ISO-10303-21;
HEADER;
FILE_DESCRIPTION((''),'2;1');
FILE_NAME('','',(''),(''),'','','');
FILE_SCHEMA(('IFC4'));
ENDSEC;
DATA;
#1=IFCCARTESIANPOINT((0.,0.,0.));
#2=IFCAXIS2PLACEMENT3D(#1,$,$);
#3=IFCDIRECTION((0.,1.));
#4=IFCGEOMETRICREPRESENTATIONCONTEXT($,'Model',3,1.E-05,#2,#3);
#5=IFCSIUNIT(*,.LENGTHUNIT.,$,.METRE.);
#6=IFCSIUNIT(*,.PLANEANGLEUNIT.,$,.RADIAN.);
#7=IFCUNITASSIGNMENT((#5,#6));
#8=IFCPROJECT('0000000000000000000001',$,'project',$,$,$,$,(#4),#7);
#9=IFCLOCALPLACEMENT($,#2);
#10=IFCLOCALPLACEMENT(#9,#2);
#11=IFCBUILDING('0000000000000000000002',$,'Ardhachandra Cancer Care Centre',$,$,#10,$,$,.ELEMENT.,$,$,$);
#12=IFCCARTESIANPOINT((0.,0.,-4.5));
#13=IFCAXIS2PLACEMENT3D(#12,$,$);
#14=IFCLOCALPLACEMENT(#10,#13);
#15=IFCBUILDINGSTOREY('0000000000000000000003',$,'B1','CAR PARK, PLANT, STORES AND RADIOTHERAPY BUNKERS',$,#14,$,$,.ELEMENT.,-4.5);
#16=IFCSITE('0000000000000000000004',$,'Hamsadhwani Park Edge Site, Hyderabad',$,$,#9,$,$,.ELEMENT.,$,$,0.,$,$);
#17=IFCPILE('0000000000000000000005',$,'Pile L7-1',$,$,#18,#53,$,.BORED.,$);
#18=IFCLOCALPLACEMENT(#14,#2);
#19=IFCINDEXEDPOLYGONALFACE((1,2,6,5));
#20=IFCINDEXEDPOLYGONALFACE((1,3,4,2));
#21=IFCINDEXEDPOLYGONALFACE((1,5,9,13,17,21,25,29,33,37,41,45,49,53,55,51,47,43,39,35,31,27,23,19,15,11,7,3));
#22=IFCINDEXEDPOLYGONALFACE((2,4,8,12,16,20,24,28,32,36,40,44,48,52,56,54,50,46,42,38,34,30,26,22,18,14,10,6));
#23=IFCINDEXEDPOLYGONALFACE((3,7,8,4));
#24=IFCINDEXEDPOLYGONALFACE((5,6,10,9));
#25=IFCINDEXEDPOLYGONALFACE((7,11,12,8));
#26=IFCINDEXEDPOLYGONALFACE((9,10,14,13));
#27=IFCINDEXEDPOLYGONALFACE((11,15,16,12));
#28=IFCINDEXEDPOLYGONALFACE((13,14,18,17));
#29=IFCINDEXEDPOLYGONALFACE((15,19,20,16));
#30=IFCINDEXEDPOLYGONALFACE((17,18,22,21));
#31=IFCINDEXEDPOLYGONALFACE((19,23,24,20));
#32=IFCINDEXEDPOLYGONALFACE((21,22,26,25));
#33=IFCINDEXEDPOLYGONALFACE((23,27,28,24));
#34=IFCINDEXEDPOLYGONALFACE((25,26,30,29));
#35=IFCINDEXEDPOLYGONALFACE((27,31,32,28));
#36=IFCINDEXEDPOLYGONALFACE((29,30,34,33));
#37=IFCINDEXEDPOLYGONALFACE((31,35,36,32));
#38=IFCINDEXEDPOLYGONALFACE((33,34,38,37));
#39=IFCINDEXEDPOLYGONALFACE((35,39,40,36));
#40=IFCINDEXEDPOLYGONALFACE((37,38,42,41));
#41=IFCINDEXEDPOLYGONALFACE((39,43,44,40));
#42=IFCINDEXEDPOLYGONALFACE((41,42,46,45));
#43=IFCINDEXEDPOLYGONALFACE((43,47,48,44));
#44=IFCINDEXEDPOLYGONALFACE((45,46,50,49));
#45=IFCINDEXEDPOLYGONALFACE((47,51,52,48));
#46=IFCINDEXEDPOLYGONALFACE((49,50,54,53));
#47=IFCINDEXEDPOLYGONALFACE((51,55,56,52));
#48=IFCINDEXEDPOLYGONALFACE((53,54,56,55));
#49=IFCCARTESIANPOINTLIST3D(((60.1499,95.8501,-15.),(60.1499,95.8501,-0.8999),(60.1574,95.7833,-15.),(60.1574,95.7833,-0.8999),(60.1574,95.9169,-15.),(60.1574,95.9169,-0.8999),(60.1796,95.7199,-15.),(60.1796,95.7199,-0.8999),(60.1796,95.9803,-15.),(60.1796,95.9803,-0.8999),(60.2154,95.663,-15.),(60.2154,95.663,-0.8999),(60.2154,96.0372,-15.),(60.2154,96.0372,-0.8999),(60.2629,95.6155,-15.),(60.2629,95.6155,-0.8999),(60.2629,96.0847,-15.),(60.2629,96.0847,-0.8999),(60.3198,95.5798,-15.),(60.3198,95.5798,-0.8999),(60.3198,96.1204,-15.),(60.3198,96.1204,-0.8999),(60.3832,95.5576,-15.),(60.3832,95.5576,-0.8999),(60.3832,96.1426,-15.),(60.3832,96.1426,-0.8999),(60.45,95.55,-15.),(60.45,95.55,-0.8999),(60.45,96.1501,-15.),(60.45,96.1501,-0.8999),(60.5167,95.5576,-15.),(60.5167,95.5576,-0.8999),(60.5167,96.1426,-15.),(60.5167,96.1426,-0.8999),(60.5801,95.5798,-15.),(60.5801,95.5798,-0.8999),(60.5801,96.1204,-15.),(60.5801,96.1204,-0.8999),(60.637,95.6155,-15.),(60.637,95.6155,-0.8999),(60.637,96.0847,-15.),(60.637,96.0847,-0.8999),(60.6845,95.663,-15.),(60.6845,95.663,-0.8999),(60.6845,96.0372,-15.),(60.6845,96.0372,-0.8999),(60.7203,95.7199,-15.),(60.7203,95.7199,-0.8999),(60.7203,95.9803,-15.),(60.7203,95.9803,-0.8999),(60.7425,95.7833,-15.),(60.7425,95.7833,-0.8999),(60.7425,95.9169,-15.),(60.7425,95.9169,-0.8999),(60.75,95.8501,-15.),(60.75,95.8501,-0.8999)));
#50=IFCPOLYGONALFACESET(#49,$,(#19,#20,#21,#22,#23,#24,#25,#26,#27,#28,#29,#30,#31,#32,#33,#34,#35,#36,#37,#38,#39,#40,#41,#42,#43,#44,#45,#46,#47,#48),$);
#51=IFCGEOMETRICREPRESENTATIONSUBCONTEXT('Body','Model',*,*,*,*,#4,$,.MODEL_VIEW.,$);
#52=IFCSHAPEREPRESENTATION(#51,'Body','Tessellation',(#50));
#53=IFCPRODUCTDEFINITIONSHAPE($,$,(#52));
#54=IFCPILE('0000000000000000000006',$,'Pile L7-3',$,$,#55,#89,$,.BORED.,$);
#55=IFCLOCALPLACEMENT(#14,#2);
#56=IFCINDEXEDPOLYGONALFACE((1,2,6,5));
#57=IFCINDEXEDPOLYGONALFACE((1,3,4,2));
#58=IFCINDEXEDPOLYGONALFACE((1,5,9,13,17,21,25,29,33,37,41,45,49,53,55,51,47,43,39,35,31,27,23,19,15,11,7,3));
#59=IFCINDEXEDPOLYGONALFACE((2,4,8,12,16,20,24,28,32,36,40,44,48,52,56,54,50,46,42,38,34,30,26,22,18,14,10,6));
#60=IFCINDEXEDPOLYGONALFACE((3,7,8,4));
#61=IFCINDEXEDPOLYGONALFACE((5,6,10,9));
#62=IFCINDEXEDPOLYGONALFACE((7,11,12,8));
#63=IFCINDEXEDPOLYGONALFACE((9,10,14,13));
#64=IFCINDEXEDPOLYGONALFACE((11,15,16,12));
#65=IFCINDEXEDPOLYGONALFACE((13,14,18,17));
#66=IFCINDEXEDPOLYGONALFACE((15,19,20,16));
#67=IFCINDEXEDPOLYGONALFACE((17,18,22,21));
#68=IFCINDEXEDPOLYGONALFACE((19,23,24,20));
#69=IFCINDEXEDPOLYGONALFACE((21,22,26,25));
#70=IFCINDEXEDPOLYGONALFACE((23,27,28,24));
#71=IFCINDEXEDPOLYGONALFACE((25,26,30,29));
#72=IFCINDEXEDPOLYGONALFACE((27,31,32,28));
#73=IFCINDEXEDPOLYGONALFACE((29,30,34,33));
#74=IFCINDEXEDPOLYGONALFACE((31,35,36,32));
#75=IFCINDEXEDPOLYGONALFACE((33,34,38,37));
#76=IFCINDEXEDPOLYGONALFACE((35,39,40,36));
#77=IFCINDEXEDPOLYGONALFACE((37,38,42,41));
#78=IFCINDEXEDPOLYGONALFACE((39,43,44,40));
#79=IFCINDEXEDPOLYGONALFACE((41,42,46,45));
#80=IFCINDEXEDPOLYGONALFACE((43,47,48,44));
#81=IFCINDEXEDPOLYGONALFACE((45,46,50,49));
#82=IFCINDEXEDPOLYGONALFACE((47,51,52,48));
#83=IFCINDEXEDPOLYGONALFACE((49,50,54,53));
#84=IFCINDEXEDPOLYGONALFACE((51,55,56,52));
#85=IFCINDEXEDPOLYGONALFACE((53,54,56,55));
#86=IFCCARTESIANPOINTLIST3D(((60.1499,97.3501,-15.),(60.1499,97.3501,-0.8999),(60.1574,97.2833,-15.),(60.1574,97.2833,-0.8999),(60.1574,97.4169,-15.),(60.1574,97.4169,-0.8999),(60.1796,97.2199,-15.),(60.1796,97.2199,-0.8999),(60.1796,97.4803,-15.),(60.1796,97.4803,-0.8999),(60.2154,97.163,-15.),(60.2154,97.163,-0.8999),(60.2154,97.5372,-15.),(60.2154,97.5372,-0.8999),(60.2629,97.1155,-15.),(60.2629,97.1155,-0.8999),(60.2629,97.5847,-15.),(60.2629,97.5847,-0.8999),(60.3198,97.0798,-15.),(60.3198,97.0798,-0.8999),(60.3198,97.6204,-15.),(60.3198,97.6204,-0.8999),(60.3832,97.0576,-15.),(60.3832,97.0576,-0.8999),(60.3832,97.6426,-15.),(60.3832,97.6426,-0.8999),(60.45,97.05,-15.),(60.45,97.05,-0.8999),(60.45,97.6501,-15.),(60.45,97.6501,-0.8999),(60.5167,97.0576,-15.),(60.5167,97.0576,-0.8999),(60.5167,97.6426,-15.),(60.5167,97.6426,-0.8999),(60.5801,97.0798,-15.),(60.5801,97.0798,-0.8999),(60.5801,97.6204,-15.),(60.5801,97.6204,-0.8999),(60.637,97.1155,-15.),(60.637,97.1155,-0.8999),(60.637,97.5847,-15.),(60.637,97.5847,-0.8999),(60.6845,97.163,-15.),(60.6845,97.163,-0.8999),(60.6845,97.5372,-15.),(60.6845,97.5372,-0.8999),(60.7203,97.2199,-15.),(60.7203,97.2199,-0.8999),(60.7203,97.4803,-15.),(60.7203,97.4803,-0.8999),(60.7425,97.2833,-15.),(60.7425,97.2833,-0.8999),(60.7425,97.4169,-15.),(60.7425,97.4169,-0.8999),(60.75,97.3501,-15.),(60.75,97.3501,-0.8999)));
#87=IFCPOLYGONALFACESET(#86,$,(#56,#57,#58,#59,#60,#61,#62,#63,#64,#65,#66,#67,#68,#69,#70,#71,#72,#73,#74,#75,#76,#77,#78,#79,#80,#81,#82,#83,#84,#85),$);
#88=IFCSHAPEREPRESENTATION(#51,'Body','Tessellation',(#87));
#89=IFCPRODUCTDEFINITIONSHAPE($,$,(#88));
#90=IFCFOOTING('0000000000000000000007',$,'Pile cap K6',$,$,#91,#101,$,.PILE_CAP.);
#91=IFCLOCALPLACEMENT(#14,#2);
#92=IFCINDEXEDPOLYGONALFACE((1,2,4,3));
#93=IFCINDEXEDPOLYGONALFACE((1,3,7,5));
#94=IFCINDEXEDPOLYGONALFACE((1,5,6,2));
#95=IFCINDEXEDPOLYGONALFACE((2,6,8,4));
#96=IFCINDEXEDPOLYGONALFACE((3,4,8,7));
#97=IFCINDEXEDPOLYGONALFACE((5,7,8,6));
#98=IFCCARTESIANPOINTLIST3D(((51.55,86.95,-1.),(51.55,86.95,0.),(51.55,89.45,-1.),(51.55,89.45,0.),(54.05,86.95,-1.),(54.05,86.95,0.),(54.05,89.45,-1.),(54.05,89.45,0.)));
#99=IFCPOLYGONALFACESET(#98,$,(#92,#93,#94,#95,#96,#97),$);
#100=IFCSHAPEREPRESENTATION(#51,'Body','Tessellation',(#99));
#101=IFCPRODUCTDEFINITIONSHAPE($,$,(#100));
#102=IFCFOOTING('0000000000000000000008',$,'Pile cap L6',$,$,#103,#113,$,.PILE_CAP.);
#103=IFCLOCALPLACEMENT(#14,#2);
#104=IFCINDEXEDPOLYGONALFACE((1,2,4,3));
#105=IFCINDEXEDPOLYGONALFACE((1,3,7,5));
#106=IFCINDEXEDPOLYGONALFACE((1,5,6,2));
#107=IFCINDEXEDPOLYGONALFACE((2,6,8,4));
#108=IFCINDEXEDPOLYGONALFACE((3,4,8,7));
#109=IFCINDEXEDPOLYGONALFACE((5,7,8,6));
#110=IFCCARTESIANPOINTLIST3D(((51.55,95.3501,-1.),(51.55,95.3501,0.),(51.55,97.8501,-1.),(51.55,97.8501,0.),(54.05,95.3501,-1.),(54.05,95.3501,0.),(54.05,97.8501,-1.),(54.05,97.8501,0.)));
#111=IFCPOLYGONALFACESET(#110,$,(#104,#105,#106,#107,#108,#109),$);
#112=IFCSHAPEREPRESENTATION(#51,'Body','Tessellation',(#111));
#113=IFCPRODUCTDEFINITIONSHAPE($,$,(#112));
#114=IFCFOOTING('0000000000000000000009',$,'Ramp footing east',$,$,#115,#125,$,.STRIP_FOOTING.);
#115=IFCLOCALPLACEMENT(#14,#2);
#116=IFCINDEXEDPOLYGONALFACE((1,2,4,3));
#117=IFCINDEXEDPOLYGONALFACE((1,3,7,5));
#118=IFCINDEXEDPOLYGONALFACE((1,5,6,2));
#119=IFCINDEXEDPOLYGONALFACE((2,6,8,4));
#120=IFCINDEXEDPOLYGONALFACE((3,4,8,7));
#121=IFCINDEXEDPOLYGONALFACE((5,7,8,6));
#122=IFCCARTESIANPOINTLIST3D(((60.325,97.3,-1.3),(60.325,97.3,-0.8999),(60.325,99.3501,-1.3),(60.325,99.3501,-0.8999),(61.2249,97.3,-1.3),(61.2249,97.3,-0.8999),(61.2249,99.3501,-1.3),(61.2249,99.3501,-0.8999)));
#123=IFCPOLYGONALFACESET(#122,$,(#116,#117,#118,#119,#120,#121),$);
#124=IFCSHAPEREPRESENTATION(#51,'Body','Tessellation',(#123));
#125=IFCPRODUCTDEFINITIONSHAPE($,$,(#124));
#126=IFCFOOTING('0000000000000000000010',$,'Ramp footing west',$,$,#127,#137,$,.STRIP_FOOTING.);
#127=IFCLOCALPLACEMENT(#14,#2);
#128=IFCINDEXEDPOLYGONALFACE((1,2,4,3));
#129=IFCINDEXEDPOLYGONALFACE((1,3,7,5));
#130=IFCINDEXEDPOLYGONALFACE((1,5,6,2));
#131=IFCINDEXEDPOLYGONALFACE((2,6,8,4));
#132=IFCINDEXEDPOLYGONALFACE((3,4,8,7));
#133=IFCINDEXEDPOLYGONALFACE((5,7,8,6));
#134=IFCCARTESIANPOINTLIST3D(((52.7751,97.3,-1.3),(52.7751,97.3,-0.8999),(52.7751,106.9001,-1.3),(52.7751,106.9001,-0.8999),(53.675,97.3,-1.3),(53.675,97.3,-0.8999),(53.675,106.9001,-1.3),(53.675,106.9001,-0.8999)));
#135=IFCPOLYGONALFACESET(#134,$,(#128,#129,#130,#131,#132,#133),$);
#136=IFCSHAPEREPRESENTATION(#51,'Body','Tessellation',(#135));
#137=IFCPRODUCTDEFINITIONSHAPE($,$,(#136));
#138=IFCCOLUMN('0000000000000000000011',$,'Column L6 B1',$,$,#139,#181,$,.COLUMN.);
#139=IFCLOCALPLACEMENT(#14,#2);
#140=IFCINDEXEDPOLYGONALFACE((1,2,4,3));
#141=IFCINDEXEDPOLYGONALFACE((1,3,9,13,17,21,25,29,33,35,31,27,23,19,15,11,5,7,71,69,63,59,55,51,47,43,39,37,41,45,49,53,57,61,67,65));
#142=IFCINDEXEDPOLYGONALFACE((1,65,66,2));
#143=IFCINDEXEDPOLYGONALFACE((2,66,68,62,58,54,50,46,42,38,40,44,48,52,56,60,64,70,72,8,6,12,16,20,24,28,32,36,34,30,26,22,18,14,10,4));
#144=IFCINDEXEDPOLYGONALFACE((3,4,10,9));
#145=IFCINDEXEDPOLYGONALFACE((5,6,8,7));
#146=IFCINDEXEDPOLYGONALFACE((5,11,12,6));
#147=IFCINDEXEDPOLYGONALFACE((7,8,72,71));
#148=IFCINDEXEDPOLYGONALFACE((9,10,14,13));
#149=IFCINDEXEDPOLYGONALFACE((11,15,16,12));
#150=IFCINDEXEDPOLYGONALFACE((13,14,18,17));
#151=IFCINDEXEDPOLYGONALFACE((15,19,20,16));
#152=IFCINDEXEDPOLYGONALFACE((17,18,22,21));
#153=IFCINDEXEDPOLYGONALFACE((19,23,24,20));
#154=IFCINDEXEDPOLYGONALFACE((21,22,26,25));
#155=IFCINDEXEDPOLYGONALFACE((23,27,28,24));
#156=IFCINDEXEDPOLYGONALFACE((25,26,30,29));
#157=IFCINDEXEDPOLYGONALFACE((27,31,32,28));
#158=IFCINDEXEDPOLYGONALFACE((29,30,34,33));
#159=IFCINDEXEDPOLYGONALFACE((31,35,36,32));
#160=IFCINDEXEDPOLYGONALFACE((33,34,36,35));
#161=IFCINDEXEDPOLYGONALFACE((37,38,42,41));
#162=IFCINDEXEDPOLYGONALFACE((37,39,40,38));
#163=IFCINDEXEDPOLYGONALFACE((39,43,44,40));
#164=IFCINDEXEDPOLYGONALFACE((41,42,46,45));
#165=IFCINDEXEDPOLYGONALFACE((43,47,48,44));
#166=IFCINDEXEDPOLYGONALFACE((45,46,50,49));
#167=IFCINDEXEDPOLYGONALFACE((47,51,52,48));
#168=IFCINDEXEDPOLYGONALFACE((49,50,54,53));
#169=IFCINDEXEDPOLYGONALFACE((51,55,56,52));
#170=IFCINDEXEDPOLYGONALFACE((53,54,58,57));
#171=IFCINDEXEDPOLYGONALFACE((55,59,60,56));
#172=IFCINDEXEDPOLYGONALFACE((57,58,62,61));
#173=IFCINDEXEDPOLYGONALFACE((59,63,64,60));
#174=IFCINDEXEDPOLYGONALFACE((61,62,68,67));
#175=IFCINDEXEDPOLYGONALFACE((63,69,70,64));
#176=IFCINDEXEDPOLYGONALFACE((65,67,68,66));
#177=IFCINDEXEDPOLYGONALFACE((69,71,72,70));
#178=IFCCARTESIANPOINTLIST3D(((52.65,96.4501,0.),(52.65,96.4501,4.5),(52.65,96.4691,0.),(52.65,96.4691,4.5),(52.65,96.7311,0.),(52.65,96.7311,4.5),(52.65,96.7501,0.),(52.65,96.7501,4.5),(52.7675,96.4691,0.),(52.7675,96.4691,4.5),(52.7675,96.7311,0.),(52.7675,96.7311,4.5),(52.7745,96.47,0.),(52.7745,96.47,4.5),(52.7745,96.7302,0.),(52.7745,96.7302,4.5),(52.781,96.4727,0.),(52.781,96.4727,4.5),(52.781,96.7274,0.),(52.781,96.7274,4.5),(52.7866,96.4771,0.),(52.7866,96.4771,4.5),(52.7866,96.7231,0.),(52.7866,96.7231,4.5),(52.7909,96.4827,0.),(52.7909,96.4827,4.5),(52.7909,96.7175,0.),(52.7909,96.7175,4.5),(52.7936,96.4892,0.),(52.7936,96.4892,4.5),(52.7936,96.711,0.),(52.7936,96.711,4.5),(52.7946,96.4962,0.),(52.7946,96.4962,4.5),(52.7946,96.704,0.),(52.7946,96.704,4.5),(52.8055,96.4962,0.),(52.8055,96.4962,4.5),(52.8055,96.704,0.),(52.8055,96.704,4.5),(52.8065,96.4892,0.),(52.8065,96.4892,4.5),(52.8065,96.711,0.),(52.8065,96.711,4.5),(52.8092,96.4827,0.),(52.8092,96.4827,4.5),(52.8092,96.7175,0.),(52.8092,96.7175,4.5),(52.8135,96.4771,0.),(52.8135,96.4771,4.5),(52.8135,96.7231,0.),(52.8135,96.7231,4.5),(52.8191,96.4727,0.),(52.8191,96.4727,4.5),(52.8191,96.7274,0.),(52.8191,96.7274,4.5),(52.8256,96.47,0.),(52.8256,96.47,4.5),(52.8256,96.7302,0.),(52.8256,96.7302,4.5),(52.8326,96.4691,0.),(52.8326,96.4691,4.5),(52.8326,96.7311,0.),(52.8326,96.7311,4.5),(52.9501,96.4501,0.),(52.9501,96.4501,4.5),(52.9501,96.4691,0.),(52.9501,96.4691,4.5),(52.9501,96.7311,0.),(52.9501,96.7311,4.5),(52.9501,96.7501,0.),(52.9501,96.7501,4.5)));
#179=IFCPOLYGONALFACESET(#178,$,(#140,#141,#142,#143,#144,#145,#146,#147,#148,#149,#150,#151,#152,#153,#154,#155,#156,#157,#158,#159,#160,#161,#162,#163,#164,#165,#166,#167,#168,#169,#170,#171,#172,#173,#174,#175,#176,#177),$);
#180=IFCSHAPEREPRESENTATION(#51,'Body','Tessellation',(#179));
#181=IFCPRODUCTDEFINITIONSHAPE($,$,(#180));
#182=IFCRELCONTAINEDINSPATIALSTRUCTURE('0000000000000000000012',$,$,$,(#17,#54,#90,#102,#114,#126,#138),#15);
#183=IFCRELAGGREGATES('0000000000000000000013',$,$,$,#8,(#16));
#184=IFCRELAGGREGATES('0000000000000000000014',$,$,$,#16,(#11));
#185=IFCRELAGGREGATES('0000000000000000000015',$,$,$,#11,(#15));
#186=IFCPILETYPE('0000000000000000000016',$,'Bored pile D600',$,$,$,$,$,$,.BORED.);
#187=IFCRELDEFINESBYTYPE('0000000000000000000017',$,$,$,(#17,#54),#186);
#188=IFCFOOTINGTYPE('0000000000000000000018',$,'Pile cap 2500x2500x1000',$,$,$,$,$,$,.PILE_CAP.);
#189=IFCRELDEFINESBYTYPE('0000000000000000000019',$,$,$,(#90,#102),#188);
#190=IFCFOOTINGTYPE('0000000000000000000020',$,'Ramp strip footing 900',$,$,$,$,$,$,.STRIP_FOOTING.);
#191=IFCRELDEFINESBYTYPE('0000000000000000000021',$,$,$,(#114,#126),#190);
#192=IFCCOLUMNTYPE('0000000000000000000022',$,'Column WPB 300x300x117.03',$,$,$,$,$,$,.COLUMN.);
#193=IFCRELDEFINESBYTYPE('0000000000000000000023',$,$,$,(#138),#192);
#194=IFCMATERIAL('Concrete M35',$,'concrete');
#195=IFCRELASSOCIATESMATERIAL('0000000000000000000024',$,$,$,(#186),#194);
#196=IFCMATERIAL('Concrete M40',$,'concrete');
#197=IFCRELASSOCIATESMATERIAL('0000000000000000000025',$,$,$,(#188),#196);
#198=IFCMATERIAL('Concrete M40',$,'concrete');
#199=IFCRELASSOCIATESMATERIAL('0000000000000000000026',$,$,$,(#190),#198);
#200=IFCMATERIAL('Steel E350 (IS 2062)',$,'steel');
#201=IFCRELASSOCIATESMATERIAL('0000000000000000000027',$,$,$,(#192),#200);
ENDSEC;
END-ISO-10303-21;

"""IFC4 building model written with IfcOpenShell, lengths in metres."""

from ifc_helpers import new_model, si_unit, direction, frame, origin, origin_2d, place, context, subcontext, project, spatial, polyline, rectangle, circle, i_section, outline, extrude, material, material_profile, profile_set, type_object, element, save


model = new_model("IFC4")

# Units and contexts
model_context = context("Model", 3, precision=1e-05, world=origin(), true_north=direction((0.0, 1.0)))
body_context = subcontext(model_context, "Body", "Model", "MODEL_VIEW")
ifc_project = project(units=[si_unit("LENGTHUNIT", "METRE"), si_unit("PLANEANGLEUNIT", "RADIAN")], contexts=[model_context])

# Site, building, storey
site_placement = place(None, origin())
site = spatial("IfcSite", under=ifc_project, at=site_placement, Name="Hamsadhwani Park Edge Site, Hyderabad", CompositionType="ELEMENT", RefElevation=0.0)
building_placement = place(site_placement, origin())
building = spatial("IfcBuilding", under=site, at=building_placement, Name="Ardhachandra Cancer Care Centre", CompositionType="ELEMENT")
storey_placement = place(building_placement, frame((0.0, 0.0, -4.5)))
storey = spatial("IfcBuildingStorey", under=building, at=storey_placement, Name="B1", Description="CAR PARK, PLANT, STORES AND RADIOTHERAPY BUNKERS", CompositionType="ELEMENT", Elevation=-4.5)

# Piles
ifc_material_1 = material(Name="Concrete M35", Category="concrete")
ifc_material_profile_1 = material_profile(ifc_material_1, circle(Radius=0.3, at=origin_2d()), Name="D600")
ifc_profile_set_1 = profile_set([ifc_material_profile_1], Name="Concrete M35")
pile_type = type_object("IfcPileType", Name="Bored pile D600", PredefinedType="BORED", material=ifc_profile_set_1)
for number, where, z_axis, x_axis, name in (
    (1, (60.45, 95.8501, -0.8999), (0.0, 0.0, -1.0), (1.0, 0.0, 0.0), "Pile L7-1"),
    (2, (60.45, 97.3501, -0.8999), (0.0, 0.0, -1.0), (1.0, 0.0, 0.0), "Pile L7-3"),
):
    element("IfcPile", number, at=place(storey_placement, frame(where, z_axis=z_axis, x_axis=x_axis)), inside=storey, type_object=pile_type, Name=name, PredefinedType="BORED", context=body_context, shape_type="SweptSolid", body=[
        extrude(circle(Radius=0.3, at=origin_2d()), origin(), (0.0, 0.0, 1.0), 14.1001),
    ])

# Footings
ifc_material_2 = material(Name="Concrete M40", Category="concrete")
footing_type_1 = type_object("IfcFootingType", Name="Pile cap 2500x2500x1000", PredefinedType="PILE_CAP", material=ifc_material_2)
for number, where, z_axis, x_axis, name in (
    (3, (52.8, 88.2, -1.0), (0.0, 0.0, 1.0), (1.0, 0.0, 0.0), "Pile cap K6"),
    (4, (52.8, 96.6001, -1.0), (0.0, 0.0, 1.0), (1.0, 0.0, 0.0), "Pile cap L6"),
):
    element("IfcFooting", number, at=place(storey_placement, frame(where, z_axis=z_axis, x_axis=x_axis)), inside=storey, type_object=footing_type_1, Name=name, PredefinedType="PILE_CAP", context=body_context, shape_type="SweptSolid", body=[
        extrude(rectangle(XDim=2.5, YDim=2.5, at=origin_2d()), origin(), (0.0, 0.0, 1.0), 1.0),
    ])
ifc_material_3 = material(Name="Concrete M40", Category="concrete")
footing_type_2 = type_object("IfcFootingType", Name="Ramp strip footing 900", PredefinedType="STRIP_FOOTING", material=ifc_material_3)
footing_1_placement = place(storey_placement, frame((60.7749, 97.3, -1.3), z_axis=(0.0, 0.0, 1.0), x_axis=(0.0, 1.0, 0.0)))
element("IfcFooting", 5, at=footing_1_placement, inside=storey, type_object=footing_type_2, Name="Ramp footing east", PredefinedType="STRIP_FOOTING", context=body_context, shape_type="SweptSolid", body=[
    extrude(outline(polyline([(0.0, 0.0), (2.05, 0.0), (2.05, 0.4001), (0.0, 0.4001), (0.0, 0.0)])), frame((0.0, 0.45, 0.0), z_axis=(0.0, -1.0, 0.0), x_axis=(1.0, 0.0, 0.0)), (0.0, 0.0, 1.0), 0.8999),
])
footing_2_placement = place(storey_placement, frame((53.2251, 97.3, -1.3), z_axis=(0.0, 0.0, 1.0), x_axis=(0.0, 1.0, 0.0)))
element("IfcFooting", 6, at=footing_2_placement, inside=storey, type_object=footing_type_2, Name="Ramp footing west", PredefinedType="STRIP_FOOTING", context=body_context, shape_type="SweptSolid", body=[
    extrude(outline(polyline([(0.0, 0.0), (9.6001, 0.0), (9.6001, 0.4001), (0.0, 0.4001), (0.0, 0.0)])), frame((0.0, 0.45, 0.0), z_axis=(0.0, -1.0, 0.0), x_axis=(1.0, 0.0, 0.0)), (0.0, 0.0, 1.0), 0.8999),
])

# Column
ifc_material_4 = material(Name="Steel E350 (IS 2062)", Category="steel")
ifc_material_profile_2 = material_profile(ifc_material_4, i_section(OverallWidth=0.3, OverallDepth=0.3, WebThickness=0.011, FlangeThickness=0.019, FilletRadius=0.0271, at=origin_2d()), Name="WPB 300x300x117.03")
ifc_profile_set_2 = profile_set([ifc_material_profile_2], Name="Steel E350 (IS 2062)")
column_type_1 = type_object("IfcColumnType", Name="Column WPB 300x300x117.03", PredefinedType="COLUMN", material=ifc_profile_set_2)
column_1_placement = place(storey_placement, frame((52.8, 96.6001, 0.0), z_axis=(0.0, 0.0, 1.0), x_axis=(1.0, 0.0, 0.0)))
element("IfcColumn", 7, at=column_1_placement, inside=storey, type_object=column_type_1, Name="Column L6 B1", PredefinedType="COLUMN", context=body_context, shape_type="SweptSolid", body=[
    extrude(i_section(OverallWidth=0.3, OverallDepth=0.3, WebThickness=0.011, FlangeThickness=0.019, FilletRadius=0.0271, at=origin_2d()), origin(), (0.0, 0.0, 1.0), 4.5),
])

save(model, "model.ifc")
